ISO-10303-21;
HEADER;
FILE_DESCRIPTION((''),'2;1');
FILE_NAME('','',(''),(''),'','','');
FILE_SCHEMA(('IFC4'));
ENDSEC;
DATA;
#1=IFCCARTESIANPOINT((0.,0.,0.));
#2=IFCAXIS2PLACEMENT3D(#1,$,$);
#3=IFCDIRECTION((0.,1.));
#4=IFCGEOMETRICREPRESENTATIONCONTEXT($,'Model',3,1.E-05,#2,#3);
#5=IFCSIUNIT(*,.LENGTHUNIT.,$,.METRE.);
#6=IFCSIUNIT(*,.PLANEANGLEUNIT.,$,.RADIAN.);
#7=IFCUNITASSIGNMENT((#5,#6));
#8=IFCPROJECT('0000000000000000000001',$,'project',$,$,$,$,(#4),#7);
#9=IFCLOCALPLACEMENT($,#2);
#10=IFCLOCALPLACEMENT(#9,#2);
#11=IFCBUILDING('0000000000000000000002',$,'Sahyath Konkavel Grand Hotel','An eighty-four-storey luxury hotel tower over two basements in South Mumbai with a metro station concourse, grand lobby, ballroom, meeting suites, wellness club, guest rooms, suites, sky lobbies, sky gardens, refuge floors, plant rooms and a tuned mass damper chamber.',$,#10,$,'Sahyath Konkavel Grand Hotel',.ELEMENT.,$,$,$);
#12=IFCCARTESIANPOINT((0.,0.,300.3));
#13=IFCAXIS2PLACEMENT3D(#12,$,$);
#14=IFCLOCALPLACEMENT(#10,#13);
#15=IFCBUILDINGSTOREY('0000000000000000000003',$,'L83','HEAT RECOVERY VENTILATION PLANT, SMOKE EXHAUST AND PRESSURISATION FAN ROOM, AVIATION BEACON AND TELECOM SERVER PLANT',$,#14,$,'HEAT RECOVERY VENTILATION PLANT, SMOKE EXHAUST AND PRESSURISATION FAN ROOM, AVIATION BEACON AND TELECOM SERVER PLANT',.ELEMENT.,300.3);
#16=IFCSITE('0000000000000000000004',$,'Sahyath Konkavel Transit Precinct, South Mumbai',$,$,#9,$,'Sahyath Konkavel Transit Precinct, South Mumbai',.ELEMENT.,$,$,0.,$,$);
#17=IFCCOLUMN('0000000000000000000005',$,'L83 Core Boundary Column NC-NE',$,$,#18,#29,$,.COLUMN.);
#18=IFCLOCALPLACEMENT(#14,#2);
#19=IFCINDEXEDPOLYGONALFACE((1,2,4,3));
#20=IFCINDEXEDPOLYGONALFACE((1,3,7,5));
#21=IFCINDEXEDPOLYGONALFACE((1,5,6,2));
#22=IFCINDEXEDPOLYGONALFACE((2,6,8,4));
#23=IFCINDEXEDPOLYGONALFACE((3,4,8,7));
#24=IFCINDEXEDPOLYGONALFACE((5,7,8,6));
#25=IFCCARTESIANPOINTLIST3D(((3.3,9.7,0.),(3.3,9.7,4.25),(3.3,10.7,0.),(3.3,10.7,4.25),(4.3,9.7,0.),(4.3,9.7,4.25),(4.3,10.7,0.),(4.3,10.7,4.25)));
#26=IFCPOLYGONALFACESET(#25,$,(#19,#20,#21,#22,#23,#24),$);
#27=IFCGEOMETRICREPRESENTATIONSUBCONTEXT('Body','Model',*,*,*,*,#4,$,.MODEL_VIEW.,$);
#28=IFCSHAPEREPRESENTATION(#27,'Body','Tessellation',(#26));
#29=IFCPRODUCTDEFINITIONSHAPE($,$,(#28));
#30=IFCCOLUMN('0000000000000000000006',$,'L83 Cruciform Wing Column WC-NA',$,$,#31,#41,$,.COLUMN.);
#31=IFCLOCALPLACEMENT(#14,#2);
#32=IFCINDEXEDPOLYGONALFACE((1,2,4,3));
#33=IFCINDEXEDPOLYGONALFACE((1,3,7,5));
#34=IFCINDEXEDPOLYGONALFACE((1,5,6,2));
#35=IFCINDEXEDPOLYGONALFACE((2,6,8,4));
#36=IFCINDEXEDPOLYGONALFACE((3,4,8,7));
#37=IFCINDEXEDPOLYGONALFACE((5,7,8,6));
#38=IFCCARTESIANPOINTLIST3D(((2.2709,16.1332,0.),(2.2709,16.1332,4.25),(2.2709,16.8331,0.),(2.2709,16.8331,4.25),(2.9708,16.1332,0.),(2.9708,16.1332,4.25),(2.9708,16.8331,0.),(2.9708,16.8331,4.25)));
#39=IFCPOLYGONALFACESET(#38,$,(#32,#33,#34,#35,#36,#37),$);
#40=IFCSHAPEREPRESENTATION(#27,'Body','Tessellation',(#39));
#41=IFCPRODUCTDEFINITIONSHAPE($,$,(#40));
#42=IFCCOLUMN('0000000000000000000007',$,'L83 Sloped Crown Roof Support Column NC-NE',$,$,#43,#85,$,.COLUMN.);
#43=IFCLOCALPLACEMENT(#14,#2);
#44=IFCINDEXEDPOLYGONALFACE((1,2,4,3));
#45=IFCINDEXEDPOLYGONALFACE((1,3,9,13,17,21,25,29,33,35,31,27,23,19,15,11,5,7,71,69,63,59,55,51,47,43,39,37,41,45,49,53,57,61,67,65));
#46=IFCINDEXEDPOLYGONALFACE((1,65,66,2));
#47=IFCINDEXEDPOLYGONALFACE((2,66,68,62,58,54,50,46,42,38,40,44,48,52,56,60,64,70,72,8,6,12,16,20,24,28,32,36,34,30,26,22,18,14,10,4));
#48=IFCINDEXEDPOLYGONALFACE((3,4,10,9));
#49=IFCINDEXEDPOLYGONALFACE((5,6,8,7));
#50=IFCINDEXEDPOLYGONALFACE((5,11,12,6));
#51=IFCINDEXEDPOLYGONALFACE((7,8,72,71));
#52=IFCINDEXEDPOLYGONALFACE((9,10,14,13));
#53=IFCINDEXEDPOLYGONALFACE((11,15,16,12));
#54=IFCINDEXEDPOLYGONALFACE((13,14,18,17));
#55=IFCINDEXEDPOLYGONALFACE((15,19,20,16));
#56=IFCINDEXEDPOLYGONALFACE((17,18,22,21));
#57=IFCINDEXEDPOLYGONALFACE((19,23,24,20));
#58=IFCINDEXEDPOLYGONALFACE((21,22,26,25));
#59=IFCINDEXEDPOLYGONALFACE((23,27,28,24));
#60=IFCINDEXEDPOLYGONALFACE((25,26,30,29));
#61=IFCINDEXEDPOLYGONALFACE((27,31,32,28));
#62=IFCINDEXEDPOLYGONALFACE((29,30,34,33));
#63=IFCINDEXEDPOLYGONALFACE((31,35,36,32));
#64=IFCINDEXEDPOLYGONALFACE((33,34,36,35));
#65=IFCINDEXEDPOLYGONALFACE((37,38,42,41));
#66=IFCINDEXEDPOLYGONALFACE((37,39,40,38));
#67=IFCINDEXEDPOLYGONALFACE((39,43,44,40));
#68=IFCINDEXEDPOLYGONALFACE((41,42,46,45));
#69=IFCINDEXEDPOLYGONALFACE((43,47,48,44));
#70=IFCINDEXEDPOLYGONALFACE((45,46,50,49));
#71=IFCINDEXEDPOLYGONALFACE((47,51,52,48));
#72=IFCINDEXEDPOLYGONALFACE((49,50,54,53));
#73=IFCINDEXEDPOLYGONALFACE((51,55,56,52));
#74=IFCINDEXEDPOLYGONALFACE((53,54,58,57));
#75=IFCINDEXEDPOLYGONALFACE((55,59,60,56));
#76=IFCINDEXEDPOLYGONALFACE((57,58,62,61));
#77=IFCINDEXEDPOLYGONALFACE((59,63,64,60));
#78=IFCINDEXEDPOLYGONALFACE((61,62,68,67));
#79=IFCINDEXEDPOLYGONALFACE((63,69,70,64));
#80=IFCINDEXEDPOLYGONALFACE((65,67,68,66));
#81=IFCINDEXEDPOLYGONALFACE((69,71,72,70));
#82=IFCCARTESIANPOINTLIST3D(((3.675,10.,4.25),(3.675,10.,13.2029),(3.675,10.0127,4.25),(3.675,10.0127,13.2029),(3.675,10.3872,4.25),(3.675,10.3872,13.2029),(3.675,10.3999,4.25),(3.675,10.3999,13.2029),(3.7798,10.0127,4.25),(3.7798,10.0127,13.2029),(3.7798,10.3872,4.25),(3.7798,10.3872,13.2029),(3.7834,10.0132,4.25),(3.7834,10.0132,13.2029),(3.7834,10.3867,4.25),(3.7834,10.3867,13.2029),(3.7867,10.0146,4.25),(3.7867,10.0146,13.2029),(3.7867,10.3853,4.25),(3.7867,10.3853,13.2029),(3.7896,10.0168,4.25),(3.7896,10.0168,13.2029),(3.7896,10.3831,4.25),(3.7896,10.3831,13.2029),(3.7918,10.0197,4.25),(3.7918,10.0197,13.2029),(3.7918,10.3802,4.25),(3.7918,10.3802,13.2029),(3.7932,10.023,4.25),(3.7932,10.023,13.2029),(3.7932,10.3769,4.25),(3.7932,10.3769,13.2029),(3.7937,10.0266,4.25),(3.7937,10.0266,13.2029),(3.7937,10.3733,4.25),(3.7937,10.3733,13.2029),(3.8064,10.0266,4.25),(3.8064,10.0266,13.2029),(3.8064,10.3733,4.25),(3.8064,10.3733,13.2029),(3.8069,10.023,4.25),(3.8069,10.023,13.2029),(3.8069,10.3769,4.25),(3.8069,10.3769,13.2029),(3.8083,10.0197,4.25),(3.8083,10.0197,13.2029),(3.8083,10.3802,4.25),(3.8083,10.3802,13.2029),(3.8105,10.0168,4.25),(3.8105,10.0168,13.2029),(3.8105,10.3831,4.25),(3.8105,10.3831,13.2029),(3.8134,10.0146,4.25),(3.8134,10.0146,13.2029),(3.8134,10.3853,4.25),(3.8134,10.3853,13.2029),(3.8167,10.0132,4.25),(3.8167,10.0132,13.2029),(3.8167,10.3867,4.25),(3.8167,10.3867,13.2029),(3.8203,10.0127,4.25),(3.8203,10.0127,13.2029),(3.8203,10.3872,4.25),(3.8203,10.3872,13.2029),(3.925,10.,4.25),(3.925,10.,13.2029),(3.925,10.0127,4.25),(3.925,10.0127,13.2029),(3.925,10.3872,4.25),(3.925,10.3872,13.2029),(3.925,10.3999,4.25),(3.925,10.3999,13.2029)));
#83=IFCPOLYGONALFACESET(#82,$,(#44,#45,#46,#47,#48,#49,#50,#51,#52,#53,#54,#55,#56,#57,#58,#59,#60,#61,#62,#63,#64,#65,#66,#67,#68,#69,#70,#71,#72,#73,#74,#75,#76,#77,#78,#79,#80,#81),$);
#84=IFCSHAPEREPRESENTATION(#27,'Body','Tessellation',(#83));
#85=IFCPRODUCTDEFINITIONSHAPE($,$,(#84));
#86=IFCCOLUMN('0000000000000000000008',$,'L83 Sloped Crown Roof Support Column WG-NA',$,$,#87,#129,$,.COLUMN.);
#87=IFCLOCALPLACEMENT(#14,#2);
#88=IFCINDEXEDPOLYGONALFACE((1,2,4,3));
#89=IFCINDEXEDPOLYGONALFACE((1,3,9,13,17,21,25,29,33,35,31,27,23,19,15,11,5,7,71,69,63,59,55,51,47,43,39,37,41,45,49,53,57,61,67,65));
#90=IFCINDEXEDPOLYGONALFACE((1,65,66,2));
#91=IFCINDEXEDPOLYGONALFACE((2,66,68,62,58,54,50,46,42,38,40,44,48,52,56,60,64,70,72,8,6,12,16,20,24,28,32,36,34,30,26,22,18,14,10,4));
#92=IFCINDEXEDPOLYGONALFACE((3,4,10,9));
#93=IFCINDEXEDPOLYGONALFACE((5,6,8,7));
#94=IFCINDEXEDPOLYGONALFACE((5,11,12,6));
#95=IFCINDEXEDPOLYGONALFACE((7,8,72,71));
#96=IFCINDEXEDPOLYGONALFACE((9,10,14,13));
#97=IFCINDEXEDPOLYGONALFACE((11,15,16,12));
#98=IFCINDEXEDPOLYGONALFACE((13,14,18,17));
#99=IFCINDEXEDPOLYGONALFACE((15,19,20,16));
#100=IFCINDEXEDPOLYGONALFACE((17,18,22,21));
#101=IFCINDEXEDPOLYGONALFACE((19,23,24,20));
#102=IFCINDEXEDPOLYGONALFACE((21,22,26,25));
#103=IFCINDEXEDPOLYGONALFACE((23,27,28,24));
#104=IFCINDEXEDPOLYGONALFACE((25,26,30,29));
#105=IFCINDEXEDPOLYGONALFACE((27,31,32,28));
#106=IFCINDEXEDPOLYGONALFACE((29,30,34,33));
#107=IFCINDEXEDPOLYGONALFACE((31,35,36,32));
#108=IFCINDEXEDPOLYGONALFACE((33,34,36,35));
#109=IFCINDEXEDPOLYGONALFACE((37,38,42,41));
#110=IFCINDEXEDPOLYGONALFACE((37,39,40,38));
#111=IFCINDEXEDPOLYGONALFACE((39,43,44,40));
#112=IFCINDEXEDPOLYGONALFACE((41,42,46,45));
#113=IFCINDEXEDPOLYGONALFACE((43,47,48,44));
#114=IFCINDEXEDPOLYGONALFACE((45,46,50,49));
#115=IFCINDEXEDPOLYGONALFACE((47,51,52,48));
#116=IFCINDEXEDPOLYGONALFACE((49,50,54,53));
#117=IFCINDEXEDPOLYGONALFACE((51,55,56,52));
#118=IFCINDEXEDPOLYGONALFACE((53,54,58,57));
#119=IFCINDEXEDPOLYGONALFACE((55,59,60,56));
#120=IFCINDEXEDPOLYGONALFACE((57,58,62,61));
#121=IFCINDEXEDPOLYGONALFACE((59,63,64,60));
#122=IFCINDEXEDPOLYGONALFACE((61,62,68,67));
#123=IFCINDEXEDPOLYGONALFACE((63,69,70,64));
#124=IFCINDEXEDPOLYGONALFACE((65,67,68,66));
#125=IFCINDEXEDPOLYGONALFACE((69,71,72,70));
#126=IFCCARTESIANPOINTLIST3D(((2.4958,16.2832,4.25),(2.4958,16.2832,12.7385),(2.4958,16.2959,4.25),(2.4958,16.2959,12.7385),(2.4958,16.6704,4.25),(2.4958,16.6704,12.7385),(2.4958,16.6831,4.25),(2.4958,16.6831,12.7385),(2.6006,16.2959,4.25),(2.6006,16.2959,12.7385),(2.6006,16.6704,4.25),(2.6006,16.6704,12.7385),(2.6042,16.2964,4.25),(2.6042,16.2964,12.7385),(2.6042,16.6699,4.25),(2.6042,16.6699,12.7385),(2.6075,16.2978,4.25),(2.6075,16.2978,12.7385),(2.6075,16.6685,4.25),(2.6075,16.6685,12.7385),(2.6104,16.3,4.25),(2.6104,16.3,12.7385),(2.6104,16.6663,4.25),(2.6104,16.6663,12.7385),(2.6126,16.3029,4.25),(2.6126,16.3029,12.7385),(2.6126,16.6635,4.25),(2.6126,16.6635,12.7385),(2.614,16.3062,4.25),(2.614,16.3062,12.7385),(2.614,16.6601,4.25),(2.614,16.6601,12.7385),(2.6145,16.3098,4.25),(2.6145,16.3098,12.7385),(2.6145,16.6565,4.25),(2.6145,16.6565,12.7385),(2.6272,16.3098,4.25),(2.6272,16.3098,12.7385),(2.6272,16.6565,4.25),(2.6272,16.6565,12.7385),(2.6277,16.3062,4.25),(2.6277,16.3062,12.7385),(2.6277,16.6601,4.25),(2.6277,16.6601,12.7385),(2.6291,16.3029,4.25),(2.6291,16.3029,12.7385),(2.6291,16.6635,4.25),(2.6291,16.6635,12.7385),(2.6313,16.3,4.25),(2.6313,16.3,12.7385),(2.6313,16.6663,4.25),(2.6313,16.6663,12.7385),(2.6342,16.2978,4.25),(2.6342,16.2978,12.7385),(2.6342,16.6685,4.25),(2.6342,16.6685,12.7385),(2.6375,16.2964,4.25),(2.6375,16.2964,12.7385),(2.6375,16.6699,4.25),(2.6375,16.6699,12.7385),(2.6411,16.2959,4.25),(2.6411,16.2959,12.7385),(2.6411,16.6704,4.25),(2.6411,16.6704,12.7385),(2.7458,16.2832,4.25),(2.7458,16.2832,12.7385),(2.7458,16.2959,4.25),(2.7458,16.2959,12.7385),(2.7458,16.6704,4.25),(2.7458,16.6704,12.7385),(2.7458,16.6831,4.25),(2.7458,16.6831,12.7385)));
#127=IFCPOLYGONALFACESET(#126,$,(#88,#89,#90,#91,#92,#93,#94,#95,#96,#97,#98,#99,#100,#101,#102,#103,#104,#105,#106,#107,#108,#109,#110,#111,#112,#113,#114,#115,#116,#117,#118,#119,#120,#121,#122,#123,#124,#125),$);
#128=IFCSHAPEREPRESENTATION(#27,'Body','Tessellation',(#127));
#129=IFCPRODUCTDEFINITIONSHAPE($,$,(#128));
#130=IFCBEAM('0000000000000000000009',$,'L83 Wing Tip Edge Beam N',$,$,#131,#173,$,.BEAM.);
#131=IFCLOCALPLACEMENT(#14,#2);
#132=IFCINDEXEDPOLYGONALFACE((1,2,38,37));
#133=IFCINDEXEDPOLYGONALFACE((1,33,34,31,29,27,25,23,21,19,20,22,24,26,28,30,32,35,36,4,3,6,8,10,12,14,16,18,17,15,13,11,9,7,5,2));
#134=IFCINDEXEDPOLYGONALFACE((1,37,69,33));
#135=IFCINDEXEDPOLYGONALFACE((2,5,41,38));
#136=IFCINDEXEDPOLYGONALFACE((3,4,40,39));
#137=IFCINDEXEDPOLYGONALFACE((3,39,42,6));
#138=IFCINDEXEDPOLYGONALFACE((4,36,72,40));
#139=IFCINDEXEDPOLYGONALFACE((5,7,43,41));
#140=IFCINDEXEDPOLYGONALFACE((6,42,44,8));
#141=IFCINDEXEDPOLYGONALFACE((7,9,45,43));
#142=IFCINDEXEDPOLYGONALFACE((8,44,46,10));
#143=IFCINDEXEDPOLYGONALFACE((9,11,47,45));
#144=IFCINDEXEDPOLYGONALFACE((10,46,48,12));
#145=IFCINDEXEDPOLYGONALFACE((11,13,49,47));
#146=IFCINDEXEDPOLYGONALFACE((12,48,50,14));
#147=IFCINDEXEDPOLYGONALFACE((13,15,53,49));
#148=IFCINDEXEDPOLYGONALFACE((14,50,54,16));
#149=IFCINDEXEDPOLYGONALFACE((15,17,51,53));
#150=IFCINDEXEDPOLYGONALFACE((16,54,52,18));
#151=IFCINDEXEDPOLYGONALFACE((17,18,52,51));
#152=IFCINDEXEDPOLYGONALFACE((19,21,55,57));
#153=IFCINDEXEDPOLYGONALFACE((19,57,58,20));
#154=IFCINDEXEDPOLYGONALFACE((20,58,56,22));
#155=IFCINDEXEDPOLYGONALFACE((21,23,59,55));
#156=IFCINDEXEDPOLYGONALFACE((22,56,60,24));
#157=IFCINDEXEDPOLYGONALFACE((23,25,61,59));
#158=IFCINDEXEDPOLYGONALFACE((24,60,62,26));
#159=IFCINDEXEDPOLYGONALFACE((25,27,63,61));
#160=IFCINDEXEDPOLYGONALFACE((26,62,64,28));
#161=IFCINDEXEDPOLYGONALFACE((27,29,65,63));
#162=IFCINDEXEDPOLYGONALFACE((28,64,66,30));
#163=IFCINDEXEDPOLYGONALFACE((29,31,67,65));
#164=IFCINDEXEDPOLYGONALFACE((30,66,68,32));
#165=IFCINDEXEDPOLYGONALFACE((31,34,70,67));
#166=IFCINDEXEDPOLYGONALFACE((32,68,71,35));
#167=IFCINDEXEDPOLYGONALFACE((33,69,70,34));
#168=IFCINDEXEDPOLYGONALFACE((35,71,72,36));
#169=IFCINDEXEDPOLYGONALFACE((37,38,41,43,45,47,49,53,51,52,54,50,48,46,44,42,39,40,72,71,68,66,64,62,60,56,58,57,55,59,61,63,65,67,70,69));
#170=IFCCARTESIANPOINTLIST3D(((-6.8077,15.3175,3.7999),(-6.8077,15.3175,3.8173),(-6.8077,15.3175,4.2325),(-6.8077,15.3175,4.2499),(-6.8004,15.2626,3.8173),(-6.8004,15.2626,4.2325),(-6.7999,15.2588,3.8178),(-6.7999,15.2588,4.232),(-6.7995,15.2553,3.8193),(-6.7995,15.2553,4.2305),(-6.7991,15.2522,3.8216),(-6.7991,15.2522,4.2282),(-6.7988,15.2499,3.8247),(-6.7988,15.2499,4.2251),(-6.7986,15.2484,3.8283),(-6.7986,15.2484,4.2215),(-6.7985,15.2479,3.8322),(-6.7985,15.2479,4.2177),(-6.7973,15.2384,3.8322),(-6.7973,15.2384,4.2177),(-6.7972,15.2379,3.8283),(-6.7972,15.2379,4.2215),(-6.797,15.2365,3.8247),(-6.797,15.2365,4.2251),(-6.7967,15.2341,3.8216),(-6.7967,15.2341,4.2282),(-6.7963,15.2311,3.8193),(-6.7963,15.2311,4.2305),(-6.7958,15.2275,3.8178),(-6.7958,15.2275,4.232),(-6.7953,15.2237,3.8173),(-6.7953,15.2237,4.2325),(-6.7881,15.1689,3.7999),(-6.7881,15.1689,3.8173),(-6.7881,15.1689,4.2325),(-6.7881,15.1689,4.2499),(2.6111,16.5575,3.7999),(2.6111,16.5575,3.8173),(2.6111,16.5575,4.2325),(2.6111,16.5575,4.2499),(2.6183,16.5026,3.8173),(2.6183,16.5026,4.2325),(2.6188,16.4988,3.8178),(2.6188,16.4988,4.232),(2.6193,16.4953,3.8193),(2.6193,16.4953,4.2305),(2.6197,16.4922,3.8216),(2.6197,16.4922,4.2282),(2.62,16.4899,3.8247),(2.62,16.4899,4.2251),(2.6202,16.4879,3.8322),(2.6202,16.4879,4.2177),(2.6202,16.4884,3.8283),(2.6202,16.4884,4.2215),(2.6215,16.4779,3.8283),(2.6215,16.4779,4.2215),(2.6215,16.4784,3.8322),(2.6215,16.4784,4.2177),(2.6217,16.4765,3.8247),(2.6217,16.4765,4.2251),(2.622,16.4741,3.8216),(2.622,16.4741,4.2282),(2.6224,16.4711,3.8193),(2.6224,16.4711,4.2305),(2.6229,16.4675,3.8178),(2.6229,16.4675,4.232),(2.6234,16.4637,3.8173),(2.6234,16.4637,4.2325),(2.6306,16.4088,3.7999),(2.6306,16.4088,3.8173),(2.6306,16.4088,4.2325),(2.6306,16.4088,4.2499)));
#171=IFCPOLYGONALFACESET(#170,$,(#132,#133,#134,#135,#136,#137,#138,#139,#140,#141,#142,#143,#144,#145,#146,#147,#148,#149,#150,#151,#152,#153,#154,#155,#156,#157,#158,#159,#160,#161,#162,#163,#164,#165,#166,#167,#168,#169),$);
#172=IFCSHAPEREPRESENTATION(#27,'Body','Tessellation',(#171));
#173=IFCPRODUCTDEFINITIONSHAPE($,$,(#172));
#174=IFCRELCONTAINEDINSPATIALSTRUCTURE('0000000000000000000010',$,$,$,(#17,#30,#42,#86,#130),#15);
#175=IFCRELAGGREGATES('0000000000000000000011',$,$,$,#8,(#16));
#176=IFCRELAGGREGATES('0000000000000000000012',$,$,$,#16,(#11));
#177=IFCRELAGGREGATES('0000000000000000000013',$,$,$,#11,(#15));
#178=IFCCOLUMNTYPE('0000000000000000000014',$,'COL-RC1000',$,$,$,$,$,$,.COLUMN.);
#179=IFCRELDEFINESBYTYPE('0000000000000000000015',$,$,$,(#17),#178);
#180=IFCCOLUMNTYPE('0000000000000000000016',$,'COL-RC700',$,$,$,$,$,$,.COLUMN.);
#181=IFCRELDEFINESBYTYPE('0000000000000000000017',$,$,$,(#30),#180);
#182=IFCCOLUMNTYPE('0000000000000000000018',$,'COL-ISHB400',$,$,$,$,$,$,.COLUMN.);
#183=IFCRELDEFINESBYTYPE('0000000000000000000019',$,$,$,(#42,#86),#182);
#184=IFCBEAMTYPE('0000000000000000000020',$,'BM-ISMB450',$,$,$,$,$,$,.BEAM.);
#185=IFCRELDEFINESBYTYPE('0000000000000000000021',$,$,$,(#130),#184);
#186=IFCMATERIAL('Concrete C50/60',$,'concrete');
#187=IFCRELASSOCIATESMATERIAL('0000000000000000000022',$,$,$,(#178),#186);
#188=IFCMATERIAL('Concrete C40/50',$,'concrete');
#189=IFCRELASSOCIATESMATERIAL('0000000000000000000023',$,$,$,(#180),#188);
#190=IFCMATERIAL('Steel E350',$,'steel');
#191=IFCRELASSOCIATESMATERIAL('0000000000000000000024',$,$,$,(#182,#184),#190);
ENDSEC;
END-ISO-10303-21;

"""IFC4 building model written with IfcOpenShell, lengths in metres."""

from ifc_helpers import new_model, si_unit, direction, frame, origin, origin_2d, place, context, subcontext, project, spatial, rectangle, i_section, extrude, source, transform, mapped, material, material_profile, profile_set, type_object, element, save


model = new_model("IFC4")

# Units and contexts
model_context = context("Model", 3, precision=1e-05, world=origin(), true_north=direction((0.0, 1.0)))
body_context = subcontext(model_context, "Body", "Model", "MODEL_VIEW")
ifc_project = project(units=[si_unit("LENGTHUNIT", "METRE"), si_unit("PLANEANGLEUNIT", "RADIAN")], contexts=[model_context])

# Site, building, storey
site_placement = place(None, origin())
site = spatial("IfcSite", under=ifc_project, at=site_placement, Name="Sahyath Konkavel Transit Precinct, South Mumbai", LongName="Sahyath Konkavel Transit Precinct, South Mumbai", CompositionType="ELEMENT", RefElevation=0.0)
building_placement = place(site_placement, origin())
building = spatial("IfcBuilding", under=site, at=building_placement, Name="Sahyath Konkavel Grand Hotel", Description="An eighty-four-storey luxury hotel tower over two basements in South Mumbai with a metro station concourse, grand lobby, ballroom, meeting suites, wellness club, guest rooms, suites, sky lobbies, sky gardens, refuge floors, plant rooms and a tuned mass damper chamber.", LongName="Sahyath Konkavel Grand Hotel", CompositionType="ELEMENT")
storey_placement = place(building_placement, frame((0.0, 0.0, 300.3)))
storey = spatial("IfcBuildingStorey", under=building, at=storey_placement, Name="L83", Description="HEAT RECOVERY VENTILATION PLANT, SMOKE EXHAUST AND PRESSURISATION FAN ROOM, AVIATION BEACON AND TELECOM SERVER PLANT", LongName="HEAT RECOVERY VENTILATION PLANT, SMOKE EXHAUST AND PRESSURISATION FAN ROOM, AVIATION BEACON AND TELECOM SERVER PLANT", CompositionType="ELEMENT", Elevation=300.3)

# Columns
ifc_material_1 = material(Name="Concrete C50/60", Category="concrete")
ifc_material_profile_1 = material_profile(ifc_material_1, rectangle(XDim=1.0, YDim=1.0, at=origin_2d()), Name="RC 1000x1000")
ifc_profile_set_1 = profile_set([ifc_material_profile_1], Name="Concrete C50/60")
column_type_1 = type_object("IfcColumnType", Name="COL-RC1000", PredefinedType="COLUMN", material=ifc_profile_set_1)
shared_shape_1 = source(origin(), body_context, "Body", "SweptSolid", [
    extrude(rectangle(XDim=1.0, YDim=1.0, at=origin_2d()), origin(), (0.0, 0.0, 1.0), 4.25),
])
column_1_placement = place(storey_placement, frame((3.8, 10.2, 0.0), z_axis=(0.0, 0.0, 1.0), x_axis=(1.0, 0.0, 0.0)))
element("IfcColumn", 1, at=column_1_placement, inside=storey, type_object=column_type_1, Name="L83 Core Boundary Column NC-NE", PredefinedType="COLUMN", context=body_context, shape_type="MappedRepresentation", body=[
    mapped(shared_shape_1, transform((0.0, 0.0, 0.0), scale=1.0)),
])
ifc_material_2 = material(Name="Concrete C40/50", Category="concrete")
ifc_material_profile_2 = material_profile(ifc_material_2, rectangle(XDim=0.7, YDim=0.7, at=origin_2d()), Name="RC 700x700")
ifc_profile_set_2 = profile_set([ifc_material_profile_2], Name="Concrete C40/50")
column_type_2 = type_object("IfcColumnType", Name="COL-RC700", PredefinedType="COLUMN", material=ifc_profile_set_2)
shared_shape_2 = source(origin(), body_context, "Body", "SweptSolid", [
    extrude(rectangle(XDim=0.7, YDim=0.7, at=origin_2d()), origin(), (0.0, 0.0, 1.0), 4.25),
])
column_2_placement = place(storey_placement, frame((2.6208, 16.4832, 0.0), z_axis=(0.0, 0.0, 1.0), x_axis=(1.0, 0.0, 0.0)))
element("IfcColumn", 2, at=column_2_placement, inside=storey, type_object=column_type_2, Name="L83 Cruciform Wing Column WC-NA", PredefinedType="COLUMN", context=body_context, shape_type="MappedRepresentation", body=[
    mapped(shared_shape_2, transform((0.0, 0.0, 0.0), scale=1.0)),
])
ifc_material_3 = material(Name="Steel E350", Category="steel")
ifc_material_profile_3 = material_profile(ifc_material_3, i_section(OverallWidth=0.25, OverallDepth=0.3999, WebThickness=0.0127, FlangeThickness=0.0127, FilletRadius=0.0139, at=origin_2d()), Name="ISHB 400")
ifc_profile_set_3 = profile_set([ifc_material_profile_3], Name="Steel E350")
column_type_3 = type_object("IfcColumnType", Name="COL-ISHB400", PredefinedType="COLUMN", material=ifc_profile_set_3)
shared_shape_3 = source(origin(), body_context, "Body", "SweptSolid", [
    extrude(i_section(OverallWidth=0.25, OverallDepth=0.3999, WebThickness=0.0127, FlangeThickness=0.0127, FilletRadius=0.0139, at=origin_2d()), origin(), (0.0, 0.0, 1.0), 8.9529),
])
column_3_placement = place(storey_placement, frame((3.8, 10.2, 4.25), z_axis=(0.0, 0.0, 1.0), x_axis=(1.0, 0.0, 0.0)))
element("IfcColumn", 3, at=column_3_placement, inside=storey, type_object=column_type_3, Name="L83 Sloped Crown Roof Support Column NC-NE", PredefinedType="COLUMN", context=body_context, shape_type="MappedRepresentation", body=[
    mapped(shared_shape_3, transform((0.0, 0.0, 0.0), scale=1.0)),
])
shared_shape_4 = source(origin(), body_context, "Body", "SweptSolid", [
    extrude(i_section(OverallWidth=0.25, OverallDepth=0.3999, WebThickness=0.0127, FlangeThickness=0.0127, FilletRadius=0.0139, at=origin_2d()), origin(), (0.0, 0.0, 1.0), 8.4885),
])
column_4_placement = place(storey_placement, frame((2.6208, 16.4832, 4.25), z_axis=(0.0, 0.0, 1.0), x_axis=(1.0, 0.0, 0.0)))
element("IfcColumn", 4, at=column_4_placement, inside=storey, type_object=column_type_3, Name="L83 Sloped Crown Roof Support Column WG-NA", PredefinedType="COLUMN", context=body_context, shape_type="MappedRepresentation", body=[
    mapped(shared_shape_4, transform((0.0, 0.0, 0.0), scale=1.0)),
])

# Beam
ifc_material_profile_4 = material_profile(ifc_material_3, i_section(OverallWidth=0.1499, OverallDepth=0.45, WebThickness=0.0095, FlangeThickness=0.0173, FilletRadius=0.0149, at=origin_2d()), Name="ISMB 450")
ifc_profile_set_4 = profile_set([ifc_material_profile_4], Name="Steel E350")
beam_type_1 = type_object("IfcBeamType", Name="BM-ISMB450", PredefinedType="BEAM", material=ifc_profile_set_4)
shared_shape_5 = source(origin(), body_context, "Body", "SweptSolid", [
    extrude(i_section(OverallWidth=0.1499, OverallDepth=0.45, WebThickness=0.0095, FlangeThickness=0.0173, FilletRadius=0.0149, at=origin_2d()), origin(), (0.0, 0.0, 1.0), 9.5),
])
beam_1_placement = place(storey_placement, frame((2.6208, 16.4832, 4.0249), z_axis=(-0.991445, -0.130526, 0.0), x_axis=(0.130526, -0.991445, 0.0)))
element("IfcBeam", 5, at=beam_1_placement, inside=storey, type_object=beam_type_1, Name="L83 Wing Tip Edge Beam N", PredefinedType="BEAM", context=body_context, shape_type="MappedRepresentation", body=[
    mapped(shared_shape_5, transform((0.0, 0.0, 0.0), scale=1.0)),
])

save(model, "model.ifc")
